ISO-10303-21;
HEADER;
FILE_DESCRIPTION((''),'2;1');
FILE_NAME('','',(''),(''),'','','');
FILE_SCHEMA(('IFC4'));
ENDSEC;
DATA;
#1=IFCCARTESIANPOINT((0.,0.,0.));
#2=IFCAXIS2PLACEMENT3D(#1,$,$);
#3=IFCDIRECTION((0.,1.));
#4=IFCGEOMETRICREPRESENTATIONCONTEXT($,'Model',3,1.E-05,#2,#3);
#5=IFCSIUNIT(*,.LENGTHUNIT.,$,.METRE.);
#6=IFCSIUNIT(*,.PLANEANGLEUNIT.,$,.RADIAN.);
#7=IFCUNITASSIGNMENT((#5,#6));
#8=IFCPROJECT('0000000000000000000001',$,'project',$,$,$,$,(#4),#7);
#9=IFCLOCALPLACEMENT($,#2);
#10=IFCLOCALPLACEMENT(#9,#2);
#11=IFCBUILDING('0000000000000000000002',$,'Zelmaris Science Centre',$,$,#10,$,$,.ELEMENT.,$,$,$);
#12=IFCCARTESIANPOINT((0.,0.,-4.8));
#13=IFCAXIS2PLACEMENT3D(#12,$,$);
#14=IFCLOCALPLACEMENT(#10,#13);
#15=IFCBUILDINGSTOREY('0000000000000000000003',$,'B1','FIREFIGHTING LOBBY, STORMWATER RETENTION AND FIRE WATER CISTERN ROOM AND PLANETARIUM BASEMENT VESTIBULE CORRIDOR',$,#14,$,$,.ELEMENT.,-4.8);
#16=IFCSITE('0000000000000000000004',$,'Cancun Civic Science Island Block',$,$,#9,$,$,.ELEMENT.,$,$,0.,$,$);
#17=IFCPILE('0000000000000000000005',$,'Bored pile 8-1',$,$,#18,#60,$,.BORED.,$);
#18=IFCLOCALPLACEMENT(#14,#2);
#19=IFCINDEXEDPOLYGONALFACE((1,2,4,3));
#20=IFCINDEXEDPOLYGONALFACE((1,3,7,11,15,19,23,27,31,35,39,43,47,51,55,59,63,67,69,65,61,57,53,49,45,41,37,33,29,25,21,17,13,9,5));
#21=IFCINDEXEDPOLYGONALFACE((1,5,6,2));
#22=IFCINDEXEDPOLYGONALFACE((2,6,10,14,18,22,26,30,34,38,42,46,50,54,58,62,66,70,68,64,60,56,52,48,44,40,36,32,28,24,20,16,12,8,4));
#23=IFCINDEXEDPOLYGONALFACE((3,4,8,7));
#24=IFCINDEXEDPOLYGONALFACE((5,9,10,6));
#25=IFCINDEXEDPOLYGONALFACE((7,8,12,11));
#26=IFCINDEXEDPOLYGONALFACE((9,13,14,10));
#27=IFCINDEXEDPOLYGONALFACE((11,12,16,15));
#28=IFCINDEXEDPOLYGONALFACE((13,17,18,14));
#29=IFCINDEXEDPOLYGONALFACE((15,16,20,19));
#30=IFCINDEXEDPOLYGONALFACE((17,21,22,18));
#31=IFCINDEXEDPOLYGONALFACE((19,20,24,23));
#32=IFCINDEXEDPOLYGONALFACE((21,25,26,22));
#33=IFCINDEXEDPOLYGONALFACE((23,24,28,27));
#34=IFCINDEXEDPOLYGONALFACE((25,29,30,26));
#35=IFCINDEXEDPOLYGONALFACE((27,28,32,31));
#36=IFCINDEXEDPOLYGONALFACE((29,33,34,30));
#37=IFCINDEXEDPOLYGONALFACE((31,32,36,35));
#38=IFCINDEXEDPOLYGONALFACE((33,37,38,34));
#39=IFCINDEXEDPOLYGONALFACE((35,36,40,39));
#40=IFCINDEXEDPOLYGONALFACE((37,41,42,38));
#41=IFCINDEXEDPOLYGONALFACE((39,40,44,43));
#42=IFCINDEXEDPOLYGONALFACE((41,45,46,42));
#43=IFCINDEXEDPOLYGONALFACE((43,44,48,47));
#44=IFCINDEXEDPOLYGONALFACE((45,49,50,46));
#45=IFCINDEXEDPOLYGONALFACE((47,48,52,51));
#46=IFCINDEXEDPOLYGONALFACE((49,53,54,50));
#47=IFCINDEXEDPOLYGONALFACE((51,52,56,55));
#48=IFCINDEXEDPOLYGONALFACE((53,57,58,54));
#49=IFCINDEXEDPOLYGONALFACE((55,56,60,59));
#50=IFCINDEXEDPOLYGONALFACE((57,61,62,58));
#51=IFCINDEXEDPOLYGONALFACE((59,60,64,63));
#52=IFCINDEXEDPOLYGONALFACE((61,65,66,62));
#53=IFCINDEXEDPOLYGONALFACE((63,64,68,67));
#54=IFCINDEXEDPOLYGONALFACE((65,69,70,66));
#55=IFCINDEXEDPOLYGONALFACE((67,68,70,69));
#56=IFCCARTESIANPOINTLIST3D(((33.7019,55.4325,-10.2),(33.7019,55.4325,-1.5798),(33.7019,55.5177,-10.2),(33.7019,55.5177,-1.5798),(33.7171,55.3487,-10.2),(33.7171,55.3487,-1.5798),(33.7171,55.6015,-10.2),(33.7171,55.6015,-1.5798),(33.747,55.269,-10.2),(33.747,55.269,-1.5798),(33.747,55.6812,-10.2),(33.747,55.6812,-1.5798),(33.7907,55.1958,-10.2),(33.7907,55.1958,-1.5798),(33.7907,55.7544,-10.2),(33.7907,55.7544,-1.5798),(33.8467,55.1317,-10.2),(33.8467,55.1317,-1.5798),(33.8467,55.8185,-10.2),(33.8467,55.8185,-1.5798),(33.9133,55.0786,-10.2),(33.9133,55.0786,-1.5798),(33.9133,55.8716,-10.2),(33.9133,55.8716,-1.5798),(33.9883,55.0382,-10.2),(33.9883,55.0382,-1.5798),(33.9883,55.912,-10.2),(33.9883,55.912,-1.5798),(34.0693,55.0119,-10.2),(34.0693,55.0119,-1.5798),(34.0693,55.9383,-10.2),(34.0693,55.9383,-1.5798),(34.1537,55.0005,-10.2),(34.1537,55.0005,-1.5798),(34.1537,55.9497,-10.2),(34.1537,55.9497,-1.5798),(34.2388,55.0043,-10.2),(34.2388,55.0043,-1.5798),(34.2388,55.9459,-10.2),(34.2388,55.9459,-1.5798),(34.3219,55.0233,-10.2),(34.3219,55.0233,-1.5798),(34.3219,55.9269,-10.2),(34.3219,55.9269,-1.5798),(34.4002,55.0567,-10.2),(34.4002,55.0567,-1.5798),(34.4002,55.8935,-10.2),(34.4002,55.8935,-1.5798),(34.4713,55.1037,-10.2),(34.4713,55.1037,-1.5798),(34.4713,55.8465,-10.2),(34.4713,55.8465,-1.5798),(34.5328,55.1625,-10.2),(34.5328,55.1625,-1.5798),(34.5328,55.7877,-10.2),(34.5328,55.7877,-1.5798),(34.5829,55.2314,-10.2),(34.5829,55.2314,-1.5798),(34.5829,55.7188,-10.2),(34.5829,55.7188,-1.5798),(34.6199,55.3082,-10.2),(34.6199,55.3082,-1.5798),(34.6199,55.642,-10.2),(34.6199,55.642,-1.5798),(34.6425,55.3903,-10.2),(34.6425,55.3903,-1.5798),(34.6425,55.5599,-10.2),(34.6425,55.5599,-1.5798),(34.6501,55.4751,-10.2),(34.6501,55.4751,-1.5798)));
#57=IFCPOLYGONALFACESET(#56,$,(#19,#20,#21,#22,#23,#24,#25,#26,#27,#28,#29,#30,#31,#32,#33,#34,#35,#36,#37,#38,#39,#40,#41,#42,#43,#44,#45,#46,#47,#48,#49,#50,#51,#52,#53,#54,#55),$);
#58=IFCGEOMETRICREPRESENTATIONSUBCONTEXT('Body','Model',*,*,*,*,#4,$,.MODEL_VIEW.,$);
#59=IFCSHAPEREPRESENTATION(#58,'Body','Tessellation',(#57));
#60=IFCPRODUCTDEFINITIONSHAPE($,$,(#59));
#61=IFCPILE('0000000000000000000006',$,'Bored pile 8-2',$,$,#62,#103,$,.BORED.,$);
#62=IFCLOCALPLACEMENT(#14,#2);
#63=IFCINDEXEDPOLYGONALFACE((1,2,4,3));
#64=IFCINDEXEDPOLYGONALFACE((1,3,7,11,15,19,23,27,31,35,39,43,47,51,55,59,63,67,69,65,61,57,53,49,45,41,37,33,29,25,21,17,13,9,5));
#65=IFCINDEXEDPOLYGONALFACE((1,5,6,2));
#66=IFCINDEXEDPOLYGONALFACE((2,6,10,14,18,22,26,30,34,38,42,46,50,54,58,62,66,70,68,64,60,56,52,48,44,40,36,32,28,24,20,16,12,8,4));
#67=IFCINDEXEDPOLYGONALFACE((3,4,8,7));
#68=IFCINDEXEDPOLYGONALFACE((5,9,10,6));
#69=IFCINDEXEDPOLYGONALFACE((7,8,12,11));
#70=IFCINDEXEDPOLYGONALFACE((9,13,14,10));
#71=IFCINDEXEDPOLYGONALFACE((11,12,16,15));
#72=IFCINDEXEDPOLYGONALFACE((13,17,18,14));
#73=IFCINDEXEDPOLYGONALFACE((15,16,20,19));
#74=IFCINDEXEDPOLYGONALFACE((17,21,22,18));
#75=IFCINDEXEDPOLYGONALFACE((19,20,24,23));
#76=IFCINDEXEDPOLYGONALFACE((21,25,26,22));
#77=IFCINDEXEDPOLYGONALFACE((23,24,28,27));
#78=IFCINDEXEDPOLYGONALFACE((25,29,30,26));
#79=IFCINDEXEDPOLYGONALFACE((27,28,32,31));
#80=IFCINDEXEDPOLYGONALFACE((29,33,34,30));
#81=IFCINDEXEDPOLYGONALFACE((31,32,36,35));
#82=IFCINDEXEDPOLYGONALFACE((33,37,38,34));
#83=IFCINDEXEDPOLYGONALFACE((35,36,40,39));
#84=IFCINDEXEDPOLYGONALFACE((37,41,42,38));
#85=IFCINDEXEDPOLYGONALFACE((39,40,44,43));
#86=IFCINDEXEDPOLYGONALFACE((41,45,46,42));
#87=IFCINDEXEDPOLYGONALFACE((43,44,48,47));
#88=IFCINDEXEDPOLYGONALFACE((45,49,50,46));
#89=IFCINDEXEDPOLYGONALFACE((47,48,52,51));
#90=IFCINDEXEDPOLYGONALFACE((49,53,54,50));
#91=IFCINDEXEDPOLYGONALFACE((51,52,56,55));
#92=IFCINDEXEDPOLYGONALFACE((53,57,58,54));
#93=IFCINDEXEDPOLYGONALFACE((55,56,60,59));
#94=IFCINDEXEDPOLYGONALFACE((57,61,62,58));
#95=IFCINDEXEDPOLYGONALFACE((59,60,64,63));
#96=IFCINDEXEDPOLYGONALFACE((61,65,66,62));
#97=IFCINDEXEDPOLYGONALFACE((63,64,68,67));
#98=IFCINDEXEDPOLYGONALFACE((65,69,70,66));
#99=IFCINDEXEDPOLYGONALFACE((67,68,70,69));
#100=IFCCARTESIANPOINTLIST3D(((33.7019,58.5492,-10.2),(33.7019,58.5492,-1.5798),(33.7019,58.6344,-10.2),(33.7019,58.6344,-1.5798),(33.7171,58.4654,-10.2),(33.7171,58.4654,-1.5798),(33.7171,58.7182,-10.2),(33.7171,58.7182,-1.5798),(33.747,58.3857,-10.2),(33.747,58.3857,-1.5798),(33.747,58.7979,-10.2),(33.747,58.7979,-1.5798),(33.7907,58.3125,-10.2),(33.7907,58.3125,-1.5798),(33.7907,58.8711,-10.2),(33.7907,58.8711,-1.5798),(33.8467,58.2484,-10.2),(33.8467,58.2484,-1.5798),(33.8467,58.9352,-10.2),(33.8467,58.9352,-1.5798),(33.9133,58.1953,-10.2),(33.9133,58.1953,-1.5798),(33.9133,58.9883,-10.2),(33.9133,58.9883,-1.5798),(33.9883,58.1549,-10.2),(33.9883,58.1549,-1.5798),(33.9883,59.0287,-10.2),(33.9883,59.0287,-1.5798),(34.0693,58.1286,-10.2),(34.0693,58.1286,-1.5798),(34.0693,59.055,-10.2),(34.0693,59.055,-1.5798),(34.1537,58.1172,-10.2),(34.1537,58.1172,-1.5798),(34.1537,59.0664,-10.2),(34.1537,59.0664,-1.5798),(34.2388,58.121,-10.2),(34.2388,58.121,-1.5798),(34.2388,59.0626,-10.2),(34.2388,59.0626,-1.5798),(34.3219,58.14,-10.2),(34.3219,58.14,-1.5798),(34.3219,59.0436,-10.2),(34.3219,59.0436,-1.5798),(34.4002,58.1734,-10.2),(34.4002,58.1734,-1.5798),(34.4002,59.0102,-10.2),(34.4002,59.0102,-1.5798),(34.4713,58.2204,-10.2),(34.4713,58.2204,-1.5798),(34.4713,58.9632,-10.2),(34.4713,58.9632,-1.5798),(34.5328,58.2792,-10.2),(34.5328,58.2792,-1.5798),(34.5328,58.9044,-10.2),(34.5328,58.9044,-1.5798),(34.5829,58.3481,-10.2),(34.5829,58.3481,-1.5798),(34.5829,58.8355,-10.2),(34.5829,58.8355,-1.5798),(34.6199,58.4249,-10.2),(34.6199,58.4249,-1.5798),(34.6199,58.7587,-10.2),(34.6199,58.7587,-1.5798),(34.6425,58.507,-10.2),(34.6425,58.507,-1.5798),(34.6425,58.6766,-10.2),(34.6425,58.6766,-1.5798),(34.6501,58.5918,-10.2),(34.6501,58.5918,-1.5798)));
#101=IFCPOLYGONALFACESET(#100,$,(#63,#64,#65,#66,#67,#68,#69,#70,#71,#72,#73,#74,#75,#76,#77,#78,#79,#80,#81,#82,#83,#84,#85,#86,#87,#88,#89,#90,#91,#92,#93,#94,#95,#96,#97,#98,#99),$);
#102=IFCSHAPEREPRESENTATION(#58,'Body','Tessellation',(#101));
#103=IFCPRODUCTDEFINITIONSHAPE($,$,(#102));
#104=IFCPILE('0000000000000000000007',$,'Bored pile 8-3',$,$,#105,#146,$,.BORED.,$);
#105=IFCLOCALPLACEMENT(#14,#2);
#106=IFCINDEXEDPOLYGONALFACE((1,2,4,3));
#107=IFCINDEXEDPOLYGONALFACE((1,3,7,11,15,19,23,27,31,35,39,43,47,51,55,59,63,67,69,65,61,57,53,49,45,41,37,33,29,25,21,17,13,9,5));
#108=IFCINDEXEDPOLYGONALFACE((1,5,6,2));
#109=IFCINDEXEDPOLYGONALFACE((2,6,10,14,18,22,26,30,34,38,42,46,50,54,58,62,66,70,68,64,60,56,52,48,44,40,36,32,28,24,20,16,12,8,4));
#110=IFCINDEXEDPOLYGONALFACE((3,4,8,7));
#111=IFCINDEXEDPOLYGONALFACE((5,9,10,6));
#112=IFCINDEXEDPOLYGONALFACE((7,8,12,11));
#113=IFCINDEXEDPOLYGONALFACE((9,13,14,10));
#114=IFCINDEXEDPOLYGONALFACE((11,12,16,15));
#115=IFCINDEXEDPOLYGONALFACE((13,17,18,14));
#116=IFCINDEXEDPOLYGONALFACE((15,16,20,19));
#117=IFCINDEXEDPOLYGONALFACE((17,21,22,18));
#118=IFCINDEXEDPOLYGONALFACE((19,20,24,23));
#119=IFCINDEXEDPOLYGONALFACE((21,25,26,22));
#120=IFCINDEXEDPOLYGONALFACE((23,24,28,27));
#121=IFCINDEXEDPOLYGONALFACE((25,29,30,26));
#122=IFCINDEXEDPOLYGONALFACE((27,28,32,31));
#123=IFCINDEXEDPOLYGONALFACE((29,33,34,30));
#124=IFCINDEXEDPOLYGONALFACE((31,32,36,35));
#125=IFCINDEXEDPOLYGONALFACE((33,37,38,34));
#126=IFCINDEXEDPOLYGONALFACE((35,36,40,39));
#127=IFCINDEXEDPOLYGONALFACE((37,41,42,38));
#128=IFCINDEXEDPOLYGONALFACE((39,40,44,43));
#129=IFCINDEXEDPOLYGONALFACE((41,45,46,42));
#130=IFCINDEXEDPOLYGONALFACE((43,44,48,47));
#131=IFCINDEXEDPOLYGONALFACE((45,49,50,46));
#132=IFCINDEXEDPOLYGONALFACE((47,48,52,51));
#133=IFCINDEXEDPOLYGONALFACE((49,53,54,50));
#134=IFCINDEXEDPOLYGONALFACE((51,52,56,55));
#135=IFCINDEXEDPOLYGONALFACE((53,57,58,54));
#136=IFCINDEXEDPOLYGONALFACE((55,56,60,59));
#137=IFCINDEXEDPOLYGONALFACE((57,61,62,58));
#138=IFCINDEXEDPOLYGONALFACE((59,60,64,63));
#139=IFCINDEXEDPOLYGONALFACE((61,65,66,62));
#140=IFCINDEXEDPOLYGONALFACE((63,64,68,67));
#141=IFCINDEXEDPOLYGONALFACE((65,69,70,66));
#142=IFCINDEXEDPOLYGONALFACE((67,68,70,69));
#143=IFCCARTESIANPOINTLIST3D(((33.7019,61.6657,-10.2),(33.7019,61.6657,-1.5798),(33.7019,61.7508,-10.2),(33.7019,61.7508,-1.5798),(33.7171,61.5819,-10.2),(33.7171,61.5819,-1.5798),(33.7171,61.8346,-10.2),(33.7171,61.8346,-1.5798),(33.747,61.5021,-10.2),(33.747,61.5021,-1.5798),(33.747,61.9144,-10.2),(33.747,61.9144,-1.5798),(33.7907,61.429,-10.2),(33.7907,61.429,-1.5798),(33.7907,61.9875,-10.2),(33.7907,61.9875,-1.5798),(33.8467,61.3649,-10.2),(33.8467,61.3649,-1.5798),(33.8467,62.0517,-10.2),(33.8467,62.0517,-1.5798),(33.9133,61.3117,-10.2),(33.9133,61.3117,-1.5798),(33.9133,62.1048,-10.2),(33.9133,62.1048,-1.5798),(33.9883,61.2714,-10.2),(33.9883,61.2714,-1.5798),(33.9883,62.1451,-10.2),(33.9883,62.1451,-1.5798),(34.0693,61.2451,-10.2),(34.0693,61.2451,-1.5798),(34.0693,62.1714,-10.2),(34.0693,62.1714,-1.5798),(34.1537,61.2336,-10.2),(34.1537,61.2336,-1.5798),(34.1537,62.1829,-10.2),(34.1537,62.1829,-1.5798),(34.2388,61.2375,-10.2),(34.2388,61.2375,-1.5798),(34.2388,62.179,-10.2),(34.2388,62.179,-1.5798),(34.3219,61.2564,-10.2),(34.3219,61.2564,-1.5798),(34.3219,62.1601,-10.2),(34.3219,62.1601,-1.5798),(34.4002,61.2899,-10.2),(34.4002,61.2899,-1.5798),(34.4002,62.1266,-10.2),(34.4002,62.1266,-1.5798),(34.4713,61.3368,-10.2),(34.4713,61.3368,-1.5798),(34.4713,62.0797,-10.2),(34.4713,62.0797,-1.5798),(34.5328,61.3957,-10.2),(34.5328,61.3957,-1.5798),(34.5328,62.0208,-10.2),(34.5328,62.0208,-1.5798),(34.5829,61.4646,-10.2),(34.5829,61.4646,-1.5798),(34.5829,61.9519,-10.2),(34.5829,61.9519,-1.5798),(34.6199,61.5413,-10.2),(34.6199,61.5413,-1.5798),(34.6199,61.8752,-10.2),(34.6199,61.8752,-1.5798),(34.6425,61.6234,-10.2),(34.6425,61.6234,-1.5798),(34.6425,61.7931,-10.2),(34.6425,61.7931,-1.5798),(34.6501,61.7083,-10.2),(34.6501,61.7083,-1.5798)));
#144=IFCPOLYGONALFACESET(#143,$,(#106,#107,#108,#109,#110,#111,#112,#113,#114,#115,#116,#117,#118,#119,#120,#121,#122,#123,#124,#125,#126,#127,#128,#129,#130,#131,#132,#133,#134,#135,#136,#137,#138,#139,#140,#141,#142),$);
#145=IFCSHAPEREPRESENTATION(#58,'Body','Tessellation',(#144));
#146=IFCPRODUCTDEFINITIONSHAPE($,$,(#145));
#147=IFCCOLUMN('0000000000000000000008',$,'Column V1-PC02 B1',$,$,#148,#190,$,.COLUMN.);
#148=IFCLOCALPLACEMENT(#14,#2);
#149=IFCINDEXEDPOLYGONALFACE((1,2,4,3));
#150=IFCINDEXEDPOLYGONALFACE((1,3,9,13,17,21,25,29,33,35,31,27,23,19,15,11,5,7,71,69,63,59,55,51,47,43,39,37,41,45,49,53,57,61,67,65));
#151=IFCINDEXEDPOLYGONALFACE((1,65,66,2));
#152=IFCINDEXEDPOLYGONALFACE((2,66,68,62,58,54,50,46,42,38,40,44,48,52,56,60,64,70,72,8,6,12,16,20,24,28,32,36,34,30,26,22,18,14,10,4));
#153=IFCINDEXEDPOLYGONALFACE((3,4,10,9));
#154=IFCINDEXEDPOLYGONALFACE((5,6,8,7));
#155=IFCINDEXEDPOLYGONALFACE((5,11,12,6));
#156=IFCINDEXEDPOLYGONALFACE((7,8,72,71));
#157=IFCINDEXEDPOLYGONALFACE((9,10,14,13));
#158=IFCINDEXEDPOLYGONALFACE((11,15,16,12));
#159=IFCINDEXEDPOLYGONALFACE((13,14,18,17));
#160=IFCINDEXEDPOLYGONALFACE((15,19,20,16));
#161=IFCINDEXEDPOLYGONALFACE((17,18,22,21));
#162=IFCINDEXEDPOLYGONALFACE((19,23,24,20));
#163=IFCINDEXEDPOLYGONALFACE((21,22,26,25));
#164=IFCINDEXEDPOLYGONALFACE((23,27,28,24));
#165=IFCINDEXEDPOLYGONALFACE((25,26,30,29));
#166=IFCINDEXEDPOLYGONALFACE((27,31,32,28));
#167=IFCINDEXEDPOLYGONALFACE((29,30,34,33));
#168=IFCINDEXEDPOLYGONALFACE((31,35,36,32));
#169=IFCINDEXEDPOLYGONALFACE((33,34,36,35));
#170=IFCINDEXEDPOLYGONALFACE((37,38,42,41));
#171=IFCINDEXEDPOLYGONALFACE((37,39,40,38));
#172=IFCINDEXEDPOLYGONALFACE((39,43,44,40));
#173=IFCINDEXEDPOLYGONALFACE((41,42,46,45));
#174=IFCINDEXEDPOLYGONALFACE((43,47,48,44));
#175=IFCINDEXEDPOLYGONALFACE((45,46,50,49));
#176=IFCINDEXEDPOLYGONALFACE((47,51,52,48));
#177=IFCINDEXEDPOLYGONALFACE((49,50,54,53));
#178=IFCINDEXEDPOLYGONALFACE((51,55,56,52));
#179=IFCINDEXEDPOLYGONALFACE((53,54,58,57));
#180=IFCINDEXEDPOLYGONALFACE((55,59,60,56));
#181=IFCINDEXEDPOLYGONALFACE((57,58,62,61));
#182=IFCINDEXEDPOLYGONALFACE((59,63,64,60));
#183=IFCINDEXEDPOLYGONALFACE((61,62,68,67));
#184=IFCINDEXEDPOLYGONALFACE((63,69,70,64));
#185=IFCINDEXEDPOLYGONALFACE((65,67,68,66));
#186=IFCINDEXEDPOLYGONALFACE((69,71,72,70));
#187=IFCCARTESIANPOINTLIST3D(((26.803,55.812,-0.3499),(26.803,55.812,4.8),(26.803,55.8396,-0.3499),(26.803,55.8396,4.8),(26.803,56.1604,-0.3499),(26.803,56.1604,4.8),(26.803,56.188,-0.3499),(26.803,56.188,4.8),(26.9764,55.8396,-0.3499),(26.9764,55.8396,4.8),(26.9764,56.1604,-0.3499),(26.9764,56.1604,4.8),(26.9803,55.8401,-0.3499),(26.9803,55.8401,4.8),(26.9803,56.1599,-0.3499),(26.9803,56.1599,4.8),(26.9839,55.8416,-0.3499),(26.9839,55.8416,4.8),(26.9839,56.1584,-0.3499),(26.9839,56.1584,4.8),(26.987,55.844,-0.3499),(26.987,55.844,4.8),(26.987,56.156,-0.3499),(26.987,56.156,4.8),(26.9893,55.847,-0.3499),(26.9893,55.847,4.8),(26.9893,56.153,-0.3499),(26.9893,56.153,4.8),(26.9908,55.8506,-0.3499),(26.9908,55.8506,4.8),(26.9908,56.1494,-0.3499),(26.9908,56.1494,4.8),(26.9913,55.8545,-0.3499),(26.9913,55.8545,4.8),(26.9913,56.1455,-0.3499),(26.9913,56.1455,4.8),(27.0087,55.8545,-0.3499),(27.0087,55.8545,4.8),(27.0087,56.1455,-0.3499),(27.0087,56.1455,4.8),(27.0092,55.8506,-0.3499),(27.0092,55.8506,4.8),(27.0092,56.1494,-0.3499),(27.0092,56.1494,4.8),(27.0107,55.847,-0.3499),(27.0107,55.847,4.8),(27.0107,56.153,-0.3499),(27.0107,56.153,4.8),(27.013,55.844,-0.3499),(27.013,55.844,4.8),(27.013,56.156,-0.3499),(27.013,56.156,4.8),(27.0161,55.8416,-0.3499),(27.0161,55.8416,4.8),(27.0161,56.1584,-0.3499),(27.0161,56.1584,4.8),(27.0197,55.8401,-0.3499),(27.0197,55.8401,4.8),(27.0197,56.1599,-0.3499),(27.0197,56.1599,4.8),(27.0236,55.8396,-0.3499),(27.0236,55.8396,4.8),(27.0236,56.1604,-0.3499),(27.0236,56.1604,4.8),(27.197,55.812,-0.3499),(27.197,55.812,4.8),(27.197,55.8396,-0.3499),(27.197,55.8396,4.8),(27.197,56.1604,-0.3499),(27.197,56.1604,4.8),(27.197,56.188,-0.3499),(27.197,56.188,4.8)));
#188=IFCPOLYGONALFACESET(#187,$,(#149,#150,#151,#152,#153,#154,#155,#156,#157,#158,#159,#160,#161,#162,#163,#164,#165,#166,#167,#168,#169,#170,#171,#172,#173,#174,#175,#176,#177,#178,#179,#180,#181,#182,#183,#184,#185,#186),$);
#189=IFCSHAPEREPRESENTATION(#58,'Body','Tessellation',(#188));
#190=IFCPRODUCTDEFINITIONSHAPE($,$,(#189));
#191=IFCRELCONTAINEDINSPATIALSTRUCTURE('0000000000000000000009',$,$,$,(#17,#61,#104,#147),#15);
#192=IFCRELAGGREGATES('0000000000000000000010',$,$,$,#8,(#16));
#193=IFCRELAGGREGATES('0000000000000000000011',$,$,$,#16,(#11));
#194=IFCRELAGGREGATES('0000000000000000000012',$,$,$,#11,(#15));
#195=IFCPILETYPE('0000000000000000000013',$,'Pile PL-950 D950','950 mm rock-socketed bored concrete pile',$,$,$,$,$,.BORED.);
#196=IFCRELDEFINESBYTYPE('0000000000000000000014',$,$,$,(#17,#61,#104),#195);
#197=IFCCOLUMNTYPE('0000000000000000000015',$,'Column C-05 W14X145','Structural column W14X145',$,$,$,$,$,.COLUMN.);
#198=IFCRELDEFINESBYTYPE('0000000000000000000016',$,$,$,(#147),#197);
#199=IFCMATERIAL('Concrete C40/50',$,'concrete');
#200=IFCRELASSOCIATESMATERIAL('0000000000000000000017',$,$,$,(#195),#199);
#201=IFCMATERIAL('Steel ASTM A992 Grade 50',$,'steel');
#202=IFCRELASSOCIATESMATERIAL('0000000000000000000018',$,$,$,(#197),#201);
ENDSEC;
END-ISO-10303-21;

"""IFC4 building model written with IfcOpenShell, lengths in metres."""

from ifc_helpers import new_model, si_unit, direction, frame, origin, origin_2d, place, context, subcontext, project, spatial, circle, i_section, extrude, material, material_profile, profile_set, type_object, element, save


model = new_model("IFC4")

# Units and contexts
model_context = context("Model", 3, precision=1e-05, world=origin(), true_north=direction((0.0, 1.0)))
body_context = subcontext(model_context, "Body", "Model", "MODEL_VIEW")
ifc_project = project(units=[si_unit("LENGTHUNIT", "METRE"), si_unit("PLANEANGLEUNIT", "RADIAN")], contexts=[model_context])

# Site, building, storey
site_placement = place(None, origin())
site = spatial("IfcSite", under=ifc_project, at=site_placement, Name="Cancun Civic Science Island Block", CompositionType="ELEMENT", RefElevation=0.0)
building_placement = place(site_placement, origin())
building = spatial("IfcBuilding", under=site, at=building_placement, Name="Zelmaris Science Centre", CompositionType="ELEMENT")
storey_placement = place(building_placement, frame((0.0, 0.0, -4.8)))
storey = spatial("IfcBuildingStorey", under=building, at=storey_placement, Name="B1", Description="FIREFIGHTING LOBBY, STORMWATER RETENTION AND FIRE WATER CISTERN ROOM AND PLANETARIUM BASEMENT VESTIBULE CORRIDOR", CompositionType="ELEMENT", Elevation=-4.8)

# Shared definitions
ifc_material_1 = material(Name="Concrete C40/50", Category="concrete")

# Piles
ifc_material_profile_1 = material_profile(ifc_material_1, circle(Radius=0.4751, at=origin_2d()), Name="PILE-950")
ifc_profile_set_1 = profile_set([ifc_material_profile_1], Name="Concrete C40/50")
pile_type_1 = type_object("IfcPileType", Name="Pile PL-950 D950", Description="950 mm rock-socketed bored concrete pile", PredefinedType="BORED", material=ifc_profile_set_1)
for number, where, z_axis, x_axis, name in (
    (1, (34.175, 55.4751, -1.5798), (0.0, 0.0, -1.0), (1.0, 0.0, 0.0), "Bored pile 8-1"),
    (2, (34.175, 58.5918, -1.5798), (0.0, 0.0, -1.0), (1.0, 0.0, 0.0), "Bored pile 8-2"),
    (3, (34.175, 61.7083, -1.5798), (0.0, 0.0, -1.0), (1.0, 0.0, 0.0), "Bored pile 8-3"),
):
    element("IfcPile", number, at=place(storey_placement, frame(where, z_axis=z_axis, x_axis=x_axis)), inside=storey, type_object=pile_type_1, Name=name, PredefinedType="BORED", context=body_context, shape_type="SweptSolid", body=[
        extrude(circle(Radius=0.4751, at=origin_2d()), origin(), (0.0, 0.0, 1.0), 8.6201),
    ])

# Column
ifc_material_2 = material(Name="Steel ASTM A992 Grade 50", Category="steel")
ifc_material_profile_2 = material_profile(ifc_material_2, i_section(OverallWidth=0.394, OverallDepth=0.376, WebThickness=0.0173, FlangeThickness=0.0276, FilletRadius=0.0149, at=origin_2d()), Name="W14X145")
ifc_profile_set_2 = profile_set([ifc_material_profile_2], Name="Steel ASTM A992 Grade 50")
column_type_1 = type_object("IfcColumnType", Name="Column C-05 W14X145", Description="Structural column W14X145", PredefinedType="COLUMN", material=ifc_profile_set_2)
for number, where, z_axis, x_axis, name in (
    (4, (27.0, 56.0, -0.3499), (0.0, 0.0, 1.0), (1.0, 0.0, 0.0), "Column V1-PC02 B1"),
):
    element("IfcColumn", number, at=place(storey_placement, frame(where, z_axis=z_axis, x_axis=x_axis)), inside=storey, type_object=column_type_1, Name=name, PredefinedType="COLUMN", context=body_context, shape_type="SweptSolid", body=[
        extrude(i_section(OverallWidth=0.394, OverallDepth=0.376, WebThickness=0.0173, FlangeThickness=0.0276, FilletRadius=0.0149, at=origin_2d()), origin(), (0.0, 0.0, 1.0), 5.1499),
    ])

save(model, "model.ifc")
